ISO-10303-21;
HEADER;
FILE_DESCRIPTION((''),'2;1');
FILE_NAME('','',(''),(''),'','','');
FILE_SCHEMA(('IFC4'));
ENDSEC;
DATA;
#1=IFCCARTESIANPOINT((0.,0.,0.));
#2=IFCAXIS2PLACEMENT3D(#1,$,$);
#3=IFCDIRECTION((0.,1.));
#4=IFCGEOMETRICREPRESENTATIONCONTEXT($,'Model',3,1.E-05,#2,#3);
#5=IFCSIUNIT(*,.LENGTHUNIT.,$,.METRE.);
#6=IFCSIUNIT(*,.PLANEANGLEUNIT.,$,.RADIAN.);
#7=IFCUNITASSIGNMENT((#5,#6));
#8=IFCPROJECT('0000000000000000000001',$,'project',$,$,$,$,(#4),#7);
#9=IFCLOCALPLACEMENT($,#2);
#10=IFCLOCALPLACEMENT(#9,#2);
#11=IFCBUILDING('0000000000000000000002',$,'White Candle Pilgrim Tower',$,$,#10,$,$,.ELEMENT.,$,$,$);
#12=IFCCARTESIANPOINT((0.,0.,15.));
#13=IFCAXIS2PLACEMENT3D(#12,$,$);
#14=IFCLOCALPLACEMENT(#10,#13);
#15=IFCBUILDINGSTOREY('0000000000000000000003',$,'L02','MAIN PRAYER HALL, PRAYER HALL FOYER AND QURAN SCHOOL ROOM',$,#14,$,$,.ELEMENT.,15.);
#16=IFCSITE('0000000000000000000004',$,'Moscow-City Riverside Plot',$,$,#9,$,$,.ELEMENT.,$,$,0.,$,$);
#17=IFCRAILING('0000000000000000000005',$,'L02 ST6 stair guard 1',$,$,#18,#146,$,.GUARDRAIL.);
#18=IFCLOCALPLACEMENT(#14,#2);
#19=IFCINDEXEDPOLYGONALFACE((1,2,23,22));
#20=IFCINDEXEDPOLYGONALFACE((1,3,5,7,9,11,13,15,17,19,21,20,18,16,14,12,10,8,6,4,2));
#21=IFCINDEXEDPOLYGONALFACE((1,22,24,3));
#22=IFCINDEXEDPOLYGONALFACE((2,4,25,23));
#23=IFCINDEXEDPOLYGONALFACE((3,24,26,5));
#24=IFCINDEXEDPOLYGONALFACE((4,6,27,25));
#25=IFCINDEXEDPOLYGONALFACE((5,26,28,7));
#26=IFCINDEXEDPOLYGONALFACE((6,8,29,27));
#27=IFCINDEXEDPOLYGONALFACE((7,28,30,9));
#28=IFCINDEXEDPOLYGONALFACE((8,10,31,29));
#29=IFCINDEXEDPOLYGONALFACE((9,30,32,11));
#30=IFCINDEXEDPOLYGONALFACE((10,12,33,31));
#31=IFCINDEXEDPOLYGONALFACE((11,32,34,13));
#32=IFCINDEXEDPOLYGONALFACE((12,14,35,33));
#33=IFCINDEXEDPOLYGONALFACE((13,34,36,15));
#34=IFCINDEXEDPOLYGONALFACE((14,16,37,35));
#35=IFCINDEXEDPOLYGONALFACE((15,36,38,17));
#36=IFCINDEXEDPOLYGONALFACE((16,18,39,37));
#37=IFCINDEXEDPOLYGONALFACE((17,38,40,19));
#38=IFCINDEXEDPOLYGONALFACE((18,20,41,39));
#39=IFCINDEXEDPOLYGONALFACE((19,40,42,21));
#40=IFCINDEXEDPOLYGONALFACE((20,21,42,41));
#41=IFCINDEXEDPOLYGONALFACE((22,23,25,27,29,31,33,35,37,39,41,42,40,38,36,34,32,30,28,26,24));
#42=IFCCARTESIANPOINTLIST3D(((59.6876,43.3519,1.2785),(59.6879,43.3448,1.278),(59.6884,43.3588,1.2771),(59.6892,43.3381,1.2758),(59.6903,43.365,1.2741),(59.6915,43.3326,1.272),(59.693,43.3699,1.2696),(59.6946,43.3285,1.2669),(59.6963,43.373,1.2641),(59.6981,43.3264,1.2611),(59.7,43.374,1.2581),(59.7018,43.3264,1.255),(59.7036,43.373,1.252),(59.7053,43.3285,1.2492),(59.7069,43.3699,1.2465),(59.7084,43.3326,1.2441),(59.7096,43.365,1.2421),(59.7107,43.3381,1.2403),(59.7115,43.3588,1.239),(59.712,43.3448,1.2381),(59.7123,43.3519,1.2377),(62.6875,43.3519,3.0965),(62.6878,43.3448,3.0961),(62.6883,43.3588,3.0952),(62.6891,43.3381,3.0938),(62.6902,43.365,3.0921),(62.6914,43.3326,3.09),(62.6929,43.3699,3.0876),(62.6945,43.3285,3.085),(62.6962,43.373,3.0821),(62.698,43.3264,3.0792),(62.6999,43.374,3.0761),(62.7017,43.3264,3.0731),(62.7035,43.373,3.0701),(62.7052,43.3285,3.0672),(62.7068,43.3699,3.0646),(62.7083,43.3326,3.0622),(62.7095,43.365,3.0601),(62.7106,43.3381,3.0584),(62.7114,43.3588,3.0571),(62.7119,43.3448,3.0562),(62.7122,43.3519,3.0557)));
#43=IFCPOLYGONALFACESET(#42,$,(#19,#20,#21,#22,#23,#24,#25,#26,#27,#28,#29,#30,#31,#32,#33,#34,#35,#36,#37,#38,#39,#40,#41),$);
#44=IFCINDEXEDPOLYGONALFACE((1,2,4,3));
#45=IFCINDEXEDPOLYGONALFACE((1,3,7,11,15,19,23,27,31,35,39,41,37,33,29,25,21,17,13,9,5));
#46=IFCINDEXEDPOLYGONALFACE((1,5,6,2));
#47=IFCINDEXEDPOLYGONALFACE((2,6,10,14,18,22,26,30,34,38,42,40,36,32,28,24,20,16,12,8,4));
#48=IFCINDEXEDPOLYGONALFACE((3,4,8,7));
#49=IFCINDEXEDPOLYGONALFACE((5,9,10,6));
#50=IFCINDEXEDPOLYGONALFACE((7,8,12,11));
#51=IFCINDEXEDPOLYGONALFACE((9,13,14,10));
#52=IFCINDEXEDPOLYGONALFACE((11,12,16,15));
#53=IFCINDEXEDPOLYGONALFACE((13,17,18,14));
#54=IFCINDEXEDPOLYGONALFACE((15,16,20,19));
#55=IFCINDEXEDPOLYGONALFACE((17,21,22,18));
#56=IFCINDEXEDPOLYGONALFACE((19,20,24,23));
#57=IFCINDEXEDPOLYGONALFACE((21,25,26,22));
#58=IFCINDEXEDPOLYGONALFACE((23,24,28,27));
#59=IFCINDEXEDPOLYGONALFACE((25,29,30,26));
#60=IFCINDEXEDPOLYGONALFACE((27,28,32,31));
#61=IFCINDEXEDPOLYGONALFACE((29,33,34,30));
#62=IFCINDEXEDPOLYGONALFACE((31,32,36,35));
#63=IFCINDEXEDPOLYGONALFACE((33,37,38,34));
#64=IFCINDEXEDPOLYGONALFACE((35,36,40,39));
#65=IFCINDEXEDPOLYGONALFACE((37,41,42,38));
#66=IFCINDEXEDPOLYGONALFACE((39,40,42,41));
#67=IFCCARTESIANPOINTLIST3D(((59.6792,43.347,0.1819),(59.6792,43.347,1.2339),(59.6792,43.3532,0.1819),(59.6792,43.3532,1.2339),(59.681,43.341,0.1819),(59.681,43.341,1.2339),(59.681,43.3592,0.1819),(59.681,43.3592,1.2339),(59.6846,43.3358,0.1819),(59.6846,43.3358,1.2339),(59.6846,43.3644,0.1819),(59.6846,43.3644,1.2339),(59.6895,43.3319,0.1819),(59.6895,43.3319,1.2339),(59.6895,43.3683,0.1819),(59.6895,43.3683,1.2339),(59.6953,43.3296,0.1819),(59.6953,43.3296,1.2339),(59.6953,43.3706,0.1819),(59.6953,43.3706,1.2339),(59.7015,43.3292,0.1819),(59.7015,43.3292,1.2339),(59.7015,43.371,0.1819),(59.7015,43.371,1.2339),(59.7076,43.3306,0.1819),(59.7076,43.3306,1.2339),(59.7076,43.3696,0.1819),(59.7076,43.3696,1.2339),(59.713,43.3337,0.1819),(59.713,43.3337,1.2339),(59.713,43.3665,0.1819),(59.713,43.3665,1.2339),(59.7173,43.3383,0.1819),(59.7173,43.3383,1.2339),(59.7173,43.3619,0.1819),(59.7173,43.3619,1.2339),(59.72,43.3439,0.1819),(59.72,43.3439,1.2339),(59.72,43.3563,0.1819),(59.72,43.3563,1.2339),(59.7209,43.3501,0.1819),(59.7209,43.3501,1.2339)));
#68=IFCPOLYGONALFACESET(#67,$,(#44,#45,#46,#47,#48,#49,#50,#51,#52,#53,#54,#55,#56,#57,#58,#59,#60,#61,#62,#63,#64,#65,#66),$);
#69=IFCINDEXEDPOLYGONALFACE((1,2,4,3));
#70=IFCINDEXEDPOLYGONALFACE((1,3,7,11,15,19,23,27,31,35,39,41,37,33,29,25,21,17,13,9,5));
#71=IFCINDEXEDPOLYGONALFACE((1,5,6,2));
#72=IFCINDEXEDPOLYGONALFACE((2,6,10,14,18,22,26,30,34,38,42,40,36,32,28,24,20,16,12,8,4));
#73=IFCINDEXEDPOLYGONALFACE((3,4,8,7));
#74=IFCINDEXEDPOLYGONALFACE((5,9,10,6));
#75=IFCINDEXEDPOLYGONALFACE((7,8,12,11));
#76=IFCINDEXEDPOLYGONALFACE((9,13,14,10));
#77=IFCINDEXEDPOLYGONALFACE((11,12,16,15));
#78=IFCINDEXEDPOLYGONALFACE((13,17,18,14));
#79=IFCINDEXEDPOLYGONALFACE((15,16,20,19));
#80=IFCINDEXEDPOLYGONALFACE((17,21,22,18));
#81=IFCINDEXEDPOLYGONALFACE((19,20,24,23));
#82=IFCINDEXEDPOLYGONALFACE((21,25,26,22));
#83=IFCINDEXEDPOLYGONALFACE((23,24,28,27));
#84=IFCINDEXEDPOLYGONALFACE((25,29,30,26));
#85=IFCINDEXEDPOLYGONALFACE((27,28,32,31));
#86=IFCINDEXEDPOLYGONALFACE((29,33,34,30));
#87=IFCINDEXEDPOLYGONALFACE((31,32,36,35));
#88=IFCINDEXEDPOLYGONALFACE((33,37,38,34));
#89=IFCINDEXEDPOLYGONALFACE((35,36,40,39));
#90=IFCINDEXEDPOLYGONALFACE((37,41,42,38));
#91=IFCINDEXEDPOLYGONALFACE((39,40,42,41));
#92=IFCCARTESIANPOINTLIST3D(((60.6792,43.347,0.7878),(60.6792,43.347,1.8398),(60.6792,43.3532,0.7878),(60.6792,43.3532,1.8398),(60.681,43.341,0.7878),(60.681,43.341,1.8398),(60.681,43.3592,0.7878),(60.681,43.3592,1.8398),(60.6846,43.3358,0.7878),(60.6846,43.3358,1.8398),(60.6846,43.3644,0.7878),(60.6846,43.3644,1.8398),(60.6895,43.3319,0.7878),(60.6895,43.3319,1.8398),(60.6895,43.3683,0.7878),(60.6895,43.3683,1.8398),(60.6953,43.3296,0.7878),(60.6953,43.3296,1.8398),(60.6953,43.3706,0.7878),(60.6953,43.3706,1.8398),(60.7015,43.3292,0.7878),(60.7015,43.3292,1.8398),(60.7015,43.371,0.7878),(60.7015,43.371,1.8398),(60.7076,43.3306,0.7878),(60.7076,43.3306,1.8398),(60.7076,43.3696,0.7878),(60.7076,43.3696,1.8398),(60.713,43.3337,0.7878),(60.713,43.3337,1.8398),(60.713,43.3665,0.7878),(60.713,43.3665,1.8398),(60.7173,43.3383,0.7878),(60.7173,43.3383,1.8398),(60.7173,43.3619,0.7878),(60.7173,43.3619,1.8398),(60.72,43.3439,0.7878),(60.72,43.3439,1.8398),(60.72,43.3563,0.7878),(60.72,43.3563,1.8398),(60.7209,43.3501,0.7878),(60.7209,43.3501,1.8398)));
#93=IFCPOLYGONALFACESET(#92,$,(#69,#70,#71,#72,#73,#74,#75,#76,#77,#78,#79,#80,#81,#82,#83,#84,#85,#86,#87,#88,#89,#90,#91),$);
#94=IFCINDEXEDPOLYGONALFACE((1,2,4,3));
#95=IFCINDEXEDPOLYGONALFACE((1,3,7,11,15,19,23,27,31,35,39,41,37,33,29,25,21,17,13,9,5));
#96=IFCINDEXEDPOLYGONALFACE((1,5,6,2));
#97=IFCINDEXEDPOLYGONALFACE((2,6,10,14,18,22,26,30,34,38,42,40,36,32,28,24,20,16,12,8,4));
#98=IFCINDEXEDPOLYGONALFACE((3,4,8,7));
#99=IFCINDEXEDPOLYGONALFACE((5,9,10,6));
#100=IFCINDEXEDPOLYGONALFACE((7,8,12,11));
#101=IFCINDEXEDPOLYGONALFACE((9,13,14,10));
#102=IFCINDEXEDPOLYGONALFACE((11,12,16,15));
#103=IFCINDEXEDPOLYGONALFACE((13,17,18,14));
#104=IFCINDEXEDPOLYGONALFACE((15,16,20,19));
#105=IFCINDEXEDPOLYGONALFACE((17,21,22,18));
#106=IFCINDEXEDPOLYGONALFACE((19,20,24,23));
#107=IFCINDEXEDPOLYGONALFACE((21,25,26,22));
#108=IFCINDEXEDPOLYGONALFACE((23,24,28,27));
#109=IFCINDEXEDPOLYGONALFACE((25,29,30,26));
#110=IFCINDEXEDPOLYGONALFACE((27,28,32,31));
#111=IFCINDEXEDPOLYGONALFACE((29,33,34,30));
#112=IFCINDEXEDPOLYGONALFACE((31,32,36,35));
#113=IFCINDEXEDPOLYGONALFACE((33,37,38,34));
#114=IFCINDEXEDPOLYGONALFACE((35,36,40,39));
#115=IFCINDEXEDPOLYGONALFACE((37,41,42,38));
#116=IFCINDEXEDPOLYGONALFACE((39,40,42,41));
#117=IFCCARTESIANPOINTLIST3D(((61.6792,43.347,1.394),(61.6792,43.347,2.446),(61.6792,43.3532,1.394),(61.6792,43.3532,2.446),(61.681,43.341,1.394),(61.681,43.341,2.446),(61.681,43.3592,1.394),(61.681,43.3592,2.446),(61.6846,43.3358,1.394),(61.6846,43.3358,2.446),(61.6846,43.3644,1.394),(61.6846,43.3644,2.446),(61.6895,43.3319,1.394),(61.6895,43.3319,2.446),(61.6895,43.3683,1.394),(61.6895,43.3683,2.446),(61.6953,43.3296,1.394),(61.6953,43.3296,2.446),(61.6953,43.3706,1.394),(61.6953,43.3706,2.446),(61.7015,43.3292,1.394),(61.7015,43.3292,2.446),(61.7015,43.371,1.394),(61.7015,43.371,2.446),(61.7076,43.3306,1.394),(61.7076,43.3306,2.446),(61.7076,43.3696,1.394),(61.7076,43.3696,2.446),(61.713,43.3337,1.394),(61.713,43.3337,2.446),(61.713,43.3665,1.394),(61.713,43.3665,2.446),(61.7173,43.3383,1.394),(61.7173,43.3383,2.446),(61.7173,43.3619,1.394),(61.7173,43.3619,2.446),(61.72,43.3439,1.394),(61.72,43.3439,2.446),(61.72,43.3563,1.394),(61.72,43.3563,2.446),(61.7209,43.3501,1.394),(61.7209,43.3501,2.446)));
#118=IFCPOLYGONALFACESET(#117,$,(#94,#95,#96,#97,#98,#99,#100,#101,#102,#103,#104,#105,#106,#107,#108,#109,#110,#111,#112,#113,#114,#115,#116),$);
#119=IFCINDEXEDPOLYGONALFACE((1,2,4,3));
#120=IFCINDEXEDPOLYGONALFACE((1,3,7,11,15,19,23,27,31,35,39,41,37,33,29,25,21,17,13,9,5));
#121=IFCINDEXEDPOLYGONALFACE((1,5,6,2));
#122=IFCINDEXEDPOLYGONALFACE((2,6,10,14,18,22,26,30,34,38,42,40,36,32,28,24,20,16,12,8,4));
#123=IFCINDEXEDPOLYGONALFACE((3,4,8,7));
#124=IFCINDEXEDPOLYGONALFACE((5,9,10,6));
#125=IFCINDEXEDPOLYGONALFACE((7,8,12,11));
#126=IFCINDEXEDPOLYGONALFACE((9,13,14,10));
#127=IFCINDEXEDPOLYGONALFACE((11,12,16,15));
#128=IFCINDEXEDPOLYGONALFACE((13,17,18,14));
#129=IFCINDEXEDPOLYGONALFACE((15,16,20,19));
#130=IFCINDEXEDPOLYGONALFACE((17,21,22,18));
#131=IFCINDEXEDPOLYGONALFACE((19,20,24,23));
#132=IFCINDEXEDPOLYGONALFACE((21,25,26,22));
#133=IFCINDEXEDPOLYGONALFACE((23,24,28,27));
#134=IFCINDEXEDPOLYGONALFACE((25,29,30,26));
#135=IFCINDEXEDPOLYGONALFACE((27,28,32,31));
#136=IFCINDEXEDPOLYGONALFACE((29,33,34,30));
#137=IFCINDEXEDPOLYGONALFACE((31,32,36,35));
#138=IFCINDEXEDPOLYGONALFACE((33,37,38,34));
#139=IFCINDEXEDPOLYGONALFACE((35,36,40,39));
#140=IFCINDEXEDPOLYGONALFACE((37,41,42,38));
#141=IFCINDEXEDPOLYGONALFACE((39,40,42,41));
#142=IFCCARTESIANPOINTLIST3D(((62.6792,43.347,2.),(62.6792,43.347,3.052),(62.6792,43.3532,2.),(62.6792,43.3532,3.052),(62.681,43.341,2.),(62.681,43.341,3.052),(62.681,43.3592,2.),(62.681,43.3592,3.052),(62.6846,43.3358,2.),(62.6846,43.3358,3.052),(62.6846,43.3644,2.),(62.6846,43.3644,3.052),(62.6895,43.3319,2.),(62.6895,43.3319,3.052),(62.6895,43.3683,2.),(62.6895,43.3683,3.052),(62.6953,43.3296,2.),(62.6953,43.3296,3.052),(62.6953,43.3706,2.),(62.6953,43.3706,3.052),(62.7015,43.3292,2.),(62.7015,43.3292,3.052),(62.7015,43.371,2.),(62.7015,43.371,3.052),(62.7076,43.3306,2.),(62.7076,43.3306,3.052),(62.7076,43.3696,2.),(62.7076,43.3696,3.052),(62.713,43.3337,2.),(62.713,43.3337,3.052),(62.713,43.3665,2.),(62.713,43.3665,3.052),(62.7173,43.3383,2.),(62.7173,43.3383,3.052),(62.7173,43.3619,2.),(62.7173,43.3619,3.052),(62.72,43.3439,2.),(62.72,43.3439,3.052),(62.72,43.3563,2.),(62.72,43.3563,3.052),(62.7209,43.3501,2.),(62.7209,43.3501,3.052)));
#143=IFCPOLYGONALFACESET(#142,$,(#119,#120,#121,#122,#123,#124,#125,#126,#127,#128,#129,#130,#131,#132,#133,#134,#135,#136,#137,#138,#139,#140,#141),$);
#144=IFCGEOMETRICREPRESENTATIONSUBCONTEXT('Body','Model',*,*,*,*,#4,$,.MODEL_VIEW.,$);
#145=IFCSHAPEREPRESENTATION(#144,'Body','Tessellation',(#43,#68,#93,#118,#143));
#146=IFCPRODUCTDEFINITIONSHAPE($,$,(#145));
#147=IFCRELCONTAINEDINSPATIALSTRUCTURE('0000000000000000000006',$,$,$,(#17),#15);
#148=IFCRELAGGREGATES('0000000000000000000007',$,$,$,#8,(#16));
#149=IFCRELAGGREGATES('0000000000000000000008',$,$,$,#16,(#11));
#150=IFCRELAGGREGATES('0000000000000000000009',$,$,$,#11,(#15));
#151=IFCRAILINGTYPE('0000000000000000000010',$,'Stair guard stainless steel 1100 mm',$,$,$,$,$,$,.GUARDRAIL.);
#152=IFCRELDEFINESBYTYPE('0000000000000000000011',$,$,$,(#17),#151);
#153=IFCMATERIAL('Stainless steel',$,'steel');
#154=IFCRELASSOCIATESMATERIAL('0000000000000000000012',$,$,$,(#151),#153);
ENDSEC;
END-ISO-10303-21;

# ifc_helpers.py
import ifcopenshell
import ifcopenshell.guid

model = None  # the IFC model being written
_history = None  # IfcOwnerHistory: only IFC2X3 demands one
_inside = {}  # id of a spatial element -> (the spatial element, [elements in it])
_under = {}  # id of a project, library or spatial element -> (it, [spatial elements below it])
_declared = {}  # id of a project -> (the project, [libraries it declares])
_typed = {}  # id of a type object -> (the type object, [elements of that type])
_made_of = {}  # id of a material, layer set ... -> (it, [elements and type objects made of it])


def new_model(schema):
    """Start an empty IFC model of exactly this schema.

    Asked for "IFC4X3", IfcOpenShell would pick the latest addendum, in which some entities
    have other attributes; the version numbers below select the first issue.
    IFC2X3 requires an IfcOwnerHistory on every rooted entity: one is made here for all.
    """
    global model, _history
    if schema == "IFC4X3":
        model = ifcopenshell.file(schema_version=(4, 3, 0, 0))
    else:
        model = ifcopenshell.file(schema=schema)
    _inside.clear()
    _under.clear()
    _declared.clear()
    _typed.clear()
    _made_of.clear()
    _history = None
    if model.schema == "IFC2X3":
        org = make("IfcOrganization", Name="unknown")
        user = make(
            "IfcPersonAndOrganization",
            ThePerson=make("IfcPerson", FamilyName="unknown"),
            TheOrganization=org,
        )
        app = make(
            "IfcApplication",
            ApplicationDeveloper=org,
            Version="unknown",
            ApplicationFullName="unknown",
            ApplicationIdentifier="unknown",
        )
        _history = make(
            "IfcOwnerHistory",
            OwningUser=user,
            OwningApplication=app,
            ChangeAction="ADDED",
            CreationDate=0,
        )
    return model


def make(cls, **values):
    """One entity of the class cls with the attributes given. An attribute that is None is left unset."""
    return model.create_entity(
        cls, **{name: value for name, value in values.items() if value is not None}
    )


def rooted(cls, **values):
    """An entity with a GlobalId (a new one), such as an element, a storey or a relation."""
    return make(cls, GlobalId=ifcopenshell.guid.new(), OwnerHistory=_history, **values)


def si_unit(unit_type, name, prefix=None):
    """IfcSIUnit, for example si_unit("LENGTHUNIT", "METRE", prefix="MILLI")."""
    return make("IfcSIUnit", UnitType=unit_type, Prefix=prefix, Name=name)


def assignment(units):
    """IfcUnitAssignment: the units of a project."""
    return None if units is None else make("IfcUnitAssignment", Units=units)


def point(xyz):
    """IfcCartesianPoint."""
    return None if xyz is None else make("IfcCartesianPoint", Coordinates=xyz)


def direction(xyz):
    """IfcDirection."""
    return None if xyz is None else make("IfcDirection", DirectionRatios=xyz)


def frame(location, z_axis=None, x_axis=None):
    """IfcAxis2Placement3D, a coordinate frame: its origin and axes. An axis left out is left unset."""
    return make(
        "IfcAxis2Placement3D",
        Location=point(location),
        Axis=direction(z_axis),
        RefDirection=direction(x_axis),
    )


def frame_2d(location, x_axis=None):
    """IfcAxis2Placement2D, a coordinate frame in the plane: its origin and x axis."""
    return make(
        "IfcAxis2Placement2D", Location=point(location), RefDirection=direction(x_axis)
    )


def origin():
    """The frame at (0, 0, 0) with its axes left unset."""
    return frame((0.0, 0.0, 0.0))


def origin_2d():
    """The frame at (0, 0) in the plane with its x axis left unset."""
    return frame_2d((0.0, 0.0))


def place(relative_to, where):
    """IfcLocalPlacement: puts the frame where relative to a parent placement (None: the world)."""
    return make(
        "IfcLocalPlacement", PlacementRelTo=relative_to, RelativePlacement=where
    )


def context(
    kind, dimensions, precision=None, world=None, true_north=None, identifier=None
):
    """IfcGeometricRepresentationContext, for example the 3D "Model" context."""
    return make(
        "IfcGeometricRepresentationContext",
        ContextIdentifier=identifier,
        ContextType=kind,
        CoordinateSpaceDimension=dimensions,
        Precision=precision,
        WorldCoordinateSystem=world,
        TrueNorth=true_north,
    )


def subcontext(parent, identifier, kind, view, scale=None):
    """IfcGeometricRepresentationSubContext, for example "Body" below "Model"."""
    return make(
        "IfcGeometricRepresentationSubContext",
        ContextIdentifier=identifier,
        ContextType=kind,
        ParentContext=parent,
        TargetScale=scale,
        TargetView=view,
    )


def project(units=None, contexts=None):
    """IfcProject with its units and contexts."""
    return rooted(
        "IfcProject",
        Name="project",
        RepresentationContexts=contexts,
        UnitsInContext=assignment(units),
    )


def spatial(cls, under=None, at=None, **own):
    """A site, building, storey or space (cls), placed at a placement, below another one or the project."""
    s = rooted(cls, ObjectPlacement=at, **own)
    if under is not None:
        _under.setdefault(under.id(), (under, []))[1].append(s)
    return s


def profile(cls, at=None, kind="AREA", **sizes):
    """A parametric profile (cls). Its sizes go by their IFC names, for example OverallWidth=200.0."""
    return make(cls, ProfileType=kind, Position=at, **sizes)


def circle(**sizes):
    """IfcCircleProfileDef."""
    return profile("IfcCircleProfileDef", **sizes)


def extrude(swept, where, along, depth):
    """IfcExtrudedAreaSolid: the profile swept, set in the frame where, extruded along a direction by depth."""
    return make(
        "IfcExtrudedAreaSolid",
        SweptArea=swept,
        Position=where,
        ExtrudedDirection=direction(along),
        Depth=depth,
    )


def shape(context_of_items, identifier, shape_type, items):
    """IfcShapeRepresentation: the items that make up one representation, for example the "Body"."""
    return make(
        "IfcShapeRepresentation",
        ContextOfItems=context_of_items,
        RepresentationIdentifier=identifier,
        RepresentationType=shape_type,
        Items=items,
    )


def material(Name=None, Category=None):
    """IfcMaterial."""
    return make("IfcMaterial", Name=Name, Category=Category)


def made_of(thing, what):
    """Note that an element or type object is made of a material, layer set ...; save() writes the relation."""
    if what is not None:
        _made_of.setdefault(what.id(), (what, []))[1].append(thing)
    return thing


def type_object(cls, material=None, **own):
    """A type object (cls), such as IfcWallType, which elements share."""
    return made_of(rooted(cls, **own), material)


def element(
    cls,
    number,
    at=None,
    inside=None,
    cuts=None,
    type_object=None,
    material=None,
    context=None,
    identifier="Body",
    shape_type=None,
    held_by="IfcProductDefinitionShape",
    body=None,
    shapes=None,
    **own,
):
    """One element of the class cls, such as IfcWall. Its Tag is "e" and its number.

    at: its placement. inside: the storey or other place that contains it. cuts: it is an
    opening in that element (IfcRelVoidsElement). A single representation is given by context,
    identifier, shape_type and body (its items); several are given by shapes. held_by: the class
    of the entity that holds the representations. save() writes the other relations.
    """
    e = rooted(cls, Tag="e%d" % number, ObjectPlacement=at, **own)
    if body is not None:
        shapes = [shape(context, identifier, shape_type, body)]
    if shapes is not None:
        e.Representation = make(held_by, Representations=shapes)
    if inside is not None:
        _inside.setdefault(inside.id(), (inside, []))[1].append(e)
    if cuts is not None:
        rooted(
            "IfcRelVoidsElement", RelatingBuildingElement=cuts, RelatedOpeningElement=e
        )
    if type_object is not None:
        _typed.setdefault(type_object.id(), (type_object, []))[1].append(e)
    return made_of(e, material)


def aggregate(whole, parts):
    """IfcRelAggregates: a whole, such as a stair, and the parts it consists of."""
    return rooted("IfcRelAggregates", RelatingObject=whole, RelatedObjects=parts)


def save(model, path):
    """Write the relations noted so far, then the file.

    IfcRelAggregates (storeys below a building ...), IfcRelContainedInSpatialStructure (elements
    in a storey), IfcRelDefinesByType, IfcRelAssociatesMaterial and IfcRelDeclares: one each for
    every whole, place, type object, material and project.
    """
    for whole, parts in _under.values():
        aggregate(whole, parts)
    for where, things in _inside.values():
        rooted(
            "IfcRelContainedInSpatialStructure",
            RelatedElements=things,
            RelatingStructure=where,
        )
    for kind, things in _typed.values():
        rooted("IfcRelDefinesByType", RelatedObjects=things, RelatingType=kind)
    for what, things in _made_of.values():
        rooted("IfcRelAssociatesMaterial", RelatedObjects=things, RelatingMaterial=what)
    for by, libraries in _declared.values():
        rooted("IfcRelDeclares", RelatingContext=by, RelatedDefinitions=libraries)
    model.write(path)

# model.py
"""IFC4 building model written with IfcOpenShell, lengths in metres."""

from ifc_helpers import new_model, si_unit, direction, frame, origin, origin_2d, place, context, subcontext, project, spatial, circle, extrude, material, type_object, element, save


model = new_model("IFC4")

# Units and contexts
model_context = context("Model", 3, precision=1e-05, world=origin(), true_north=direction((0.0, 1.0)))
body_context = subcontext(model_context, "Body", "Model", "MODEL_VIEW")
ifc_project = project(units=[si_unit("LENGTHUNIT", "METRE"), si_unit("PLANEANGLEUNIT", "RADIAN")], contexts=[model_context])

# Site, building, storey
site_placement = place(None, origin())
site = spatial("IfcSite", under=ifc_project, at=site_placement, Name="Moscow-City Riverside Plot", CompositionType="ELEMENT", RefElevation=0.0)
building_placement = place(site_placement, origin())
building = spatial("IfcBuilding", under=site, at=building_placement, Name="White Candle Pilgrim Tower", CompositionType="ELEMENT")
storey_placement = place(building_placement, frame((0.0, 0.0, 15.0)))
storey = spatial("IfcBuildingStorey", under=building, at=storey_placement, Name="L02", Description="MAIN PRAYER HALL, PRAYER HALL FOYER AND QURAN SCHOOL ROOM", CompositionType="ELEMENT", Elevation=15.0)

# Railing
ifc_material_1 = material(Name="Stainless steel", Category="steel")
railing_type_1 = type_object("IfcRailingType", Name="Stair guard stainless steel 1100 mm", PredefinedType="GUARDRAIL", material=ifc_material_1)
railing_1_placement = place(storey_placement, frame((59.7, 43.3501, 0.1819)))
element("IfcRailing", 1, at=railing_1_placement, inside=storey, type_object=railing_type_1, Name="L02 ST6 stair guard 1", PredefinedType="GUARDRAIL", context=body_context, shape_type="SweptSolid", body=[
    extrude(circle(Radius=0.0239, at=origin_2d()), frame((0.0, 0.0, 1.0762), z_axis=(0.855206, 0.0, 0.518288), x_axis=(0.0, 1.0, 0.0)), (0.0, 0.0, 1.0), 3.5078),
    extrude(circle(Radius=0.021, at=origin_2d()), origin(), (0.0, 0.0, 1.0), 1.052),
    extrude(circle(Radius=0.021, at=origin_2d()), frame((1.0, 0.0, 0.606)), (0.0, 0.0, 1.0), 1.052),
    extrude(circle(Radius=0.021, at=origin_2d()), frame((2.0, 0.0, 1.2122)), (0.0, 0.0, 1.0), 1.052),
    extrude(circle(Radius=0.021, at=origin_2d()), frame((3.0, 0.0, 1.8181)), (0.0, 0.0, 1.0), 1.052),
])

save(model, "model.ifc")
